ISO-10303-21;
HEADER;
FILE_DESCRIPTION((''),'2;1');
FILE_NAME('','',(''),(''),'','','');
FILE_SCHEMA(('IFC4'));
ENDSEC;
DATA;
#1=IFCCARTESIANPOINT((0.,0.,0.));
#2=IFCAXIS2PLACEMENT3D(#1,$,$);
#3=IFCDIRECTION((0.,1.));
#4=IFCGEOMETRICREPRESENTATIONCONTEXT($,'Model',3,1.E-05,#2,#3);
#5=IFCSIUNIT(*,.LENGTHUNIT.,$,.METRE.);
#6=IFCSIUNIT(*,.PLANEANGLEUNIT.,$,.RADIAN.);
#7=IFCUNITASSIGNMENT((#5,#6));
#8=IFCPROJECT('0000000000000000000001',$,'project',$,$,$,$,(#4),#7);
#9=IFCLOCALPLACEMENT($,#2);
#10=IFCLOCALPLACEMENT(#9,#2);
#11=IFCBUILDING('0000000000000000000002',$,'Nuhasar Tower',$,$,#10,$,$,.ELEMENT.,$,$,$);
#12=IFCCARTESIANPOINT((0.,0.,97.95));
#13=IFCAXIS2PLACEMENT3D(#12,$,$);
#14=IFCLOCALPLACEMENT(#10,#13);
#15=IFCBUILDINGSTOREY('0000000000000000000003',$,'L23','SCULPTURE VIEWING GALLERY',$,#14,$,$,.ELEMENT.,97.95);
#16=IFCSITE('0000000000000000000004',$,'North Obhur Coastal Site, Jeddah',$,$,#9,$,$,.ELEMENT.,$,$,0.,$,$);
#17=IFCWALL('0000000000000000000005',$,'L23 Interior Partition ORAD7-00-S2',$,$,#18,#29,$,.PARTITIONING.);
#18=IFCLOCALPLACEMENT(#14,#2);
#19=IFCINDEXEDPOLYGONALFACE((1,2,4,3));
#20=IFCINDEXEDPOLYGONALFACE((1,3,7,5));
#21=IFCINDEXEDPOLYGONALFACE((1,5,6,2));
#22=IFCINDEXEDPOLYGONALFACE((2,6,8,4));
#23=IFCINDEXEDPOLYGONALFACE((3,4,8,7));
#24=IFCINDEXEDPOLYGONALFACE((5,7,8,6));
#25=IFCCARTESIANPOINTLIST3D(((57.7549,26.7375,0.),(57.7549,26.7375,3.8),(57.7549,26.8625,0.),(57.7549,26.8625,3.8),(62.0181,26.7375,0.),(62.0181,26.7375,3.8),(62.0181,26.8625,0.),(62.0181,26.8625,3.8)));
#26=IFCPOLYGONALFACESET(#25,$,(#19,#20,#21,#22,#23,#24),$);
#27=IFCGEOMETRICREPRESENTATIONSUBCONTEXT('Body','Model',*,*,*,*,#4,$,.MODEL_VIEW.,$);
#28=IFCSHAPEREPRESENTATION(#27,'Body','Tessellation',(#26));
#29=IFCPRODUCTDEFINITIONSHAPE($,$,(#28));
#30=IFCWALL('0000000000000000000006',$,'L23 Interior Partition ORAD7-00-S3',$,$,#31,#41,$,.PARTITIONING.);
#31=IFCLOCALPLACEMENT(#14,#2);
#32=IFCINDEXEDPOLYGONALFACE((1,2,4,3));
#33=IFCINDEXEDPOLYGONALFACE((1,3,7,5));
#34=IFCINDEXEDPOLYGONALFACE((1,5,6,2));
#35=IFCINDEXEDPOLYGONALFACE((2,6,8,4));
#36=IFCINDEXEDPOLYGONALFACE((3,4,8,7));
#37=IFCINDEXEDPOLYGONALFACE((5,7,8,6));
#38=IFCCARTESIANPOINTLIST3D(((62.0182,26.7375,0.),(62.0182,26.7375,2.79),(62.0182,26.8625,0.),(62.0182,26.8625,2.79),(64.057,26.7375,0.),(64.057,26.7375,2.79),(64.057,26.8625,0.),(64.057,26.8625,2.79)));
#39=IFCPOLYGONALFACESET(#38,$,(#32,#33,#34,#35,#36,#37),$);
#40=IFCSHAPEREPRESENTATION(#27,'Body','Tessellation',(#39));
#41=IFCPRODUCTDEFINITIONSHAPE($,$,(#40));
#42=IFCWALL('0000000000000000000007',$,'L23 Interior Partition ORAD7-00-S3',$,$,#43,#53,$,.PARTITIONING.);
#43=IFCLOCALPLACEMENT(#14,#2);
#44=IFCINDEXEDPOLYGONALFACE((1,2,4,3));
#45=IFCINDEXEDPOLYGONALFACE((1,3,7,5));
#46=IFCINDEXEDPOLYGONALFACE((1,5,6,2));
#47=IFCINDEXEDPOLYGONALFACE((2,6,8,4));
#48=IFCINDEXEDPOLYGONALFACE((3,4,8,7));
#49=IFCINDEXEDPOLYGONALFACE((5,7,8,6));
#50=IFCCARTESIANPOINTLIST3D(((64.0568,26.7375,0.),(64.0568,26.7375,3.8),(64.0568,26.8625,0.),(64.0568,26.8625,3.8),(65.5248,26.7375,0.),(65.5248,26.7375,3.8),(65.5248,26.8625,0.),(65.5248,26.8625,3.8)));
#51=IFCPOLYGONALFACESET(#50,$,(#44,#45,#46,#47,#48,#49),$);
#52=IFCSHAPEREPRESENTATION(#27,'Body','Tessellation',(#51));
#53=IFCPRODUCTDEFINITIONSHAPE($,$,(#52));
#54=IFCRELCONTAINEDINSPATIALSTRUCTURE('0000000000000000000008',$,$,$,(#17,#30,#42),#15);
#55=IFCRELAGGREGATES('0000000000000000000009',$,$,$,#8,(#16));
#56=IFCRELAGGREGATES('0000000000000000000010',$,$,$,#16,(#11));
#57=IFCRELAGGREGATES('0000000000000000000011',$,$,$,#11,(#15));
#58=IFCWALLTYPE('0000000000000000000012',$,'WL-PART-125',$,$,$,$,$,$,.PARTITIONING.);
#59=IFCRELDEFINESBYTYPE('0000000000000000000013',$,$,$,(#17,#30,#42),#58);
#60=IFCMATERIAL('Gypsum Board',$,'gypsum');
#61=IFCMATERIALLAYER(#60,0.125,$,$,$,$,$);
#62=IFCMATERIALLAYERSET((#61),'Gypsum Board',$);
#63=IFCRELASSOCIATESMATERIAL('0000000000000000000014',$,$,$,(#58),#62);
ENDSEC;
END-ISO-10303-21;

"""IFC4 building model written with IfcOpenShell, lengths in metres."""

from ifc_helpers import new_model, si_unit, direction, frame, frame_2d, origin, place, context, subcontext, project, spatial, rectangle, extrude, material, layer, layer_set, type_object, element, save


model = new_model("IFC4")

# Units and contexts
model_context = context("Model", 3, precision=1e-05, world=origin(), true_north=direction((0.0, 1.0)))
body_context = subcontext(model_context, "Body", "Model", "MODEL_VIEW")
ifc_project = project(units=[si_unit("LENGTHUNIT", "METRE"), si_unit("PLANEANGLEUNIT", "RADIAN")], contexts=[model_context])

# Site, building, storey
site_placement = place(None, origin())
site = spatial("IfcSite", under=ifc_project, at=site_placement, Name="North Obhur Coastal Site, Jeddah", CompositionType="ELEMENT", RefElevation=0.0)
building_placement = place(site_placement, origin())
building = spatial("IfcBuilding", under=site, at=building_placement, Name="Nuhasar Tower", CompositionType="ELEMENT")
storey_placement = place(building_placement, frame((0.0, 0.0, 97.95)))
storey = spatial("IfcBuildingStorey", under=building, at=storey_placement, Name="L23", Description="SCULPTURE VIEWING GALLERY", CompositionType="ELEMENT", Elevation=97.95)

# Shared definitions
ifc_material_1 = material(Name="Gypsum Board", Category="gypsum")

# Walls
ifc_layer_1 = layer(ifc_material_1, 0.125)
ifc_layer_set_1 = layer_set([ifc_layer_1], Name="Gypsum Board")
wall_type_1 = type_object("IfcWallType", Name="WL-PART-125", PredefinedType="PARTITIONING", material=ifc_layer_set_1)
wall_1_placement = place(storey_placement, frame((57.7549, 26.8, 0.0), z_axis=(0.0, 0.0, 1.0), x_axis=(1.0, 0.0, 0.0)))
element("IfcWall", 1, at=wall_1_placement, inside=storey, type_object=wall_type_1, Name="L23 Interior Partition ORAD7-00-S2", PredefinedType="PARTITIONING", context=body_context, shape_type="SweptSolid", body=[
    extrude(rectangle(XDim=4.2632, YDim=0.125, at=frame_2d((2.1316, 0.0))), origin(), (0.0, 0.0, 1.0), 3.8),
])
wall_2_placement = place(storey_placement, frame((62.0181, 26.8, 0.0), z_axis=(0.0, 0.0, 1.0), x_axis=(1.0, 0.0, 0.0)))
element("IfcWall", 2, at=wall_2_placement, inside=storey, type_object=wall_type_1, Name="L23 Interior Partition ORAD7-00-S3", PredefinedType="PARTITIONING", context=body_context, shape_type="SweptSolid", body=[
    extrude(rectangle(XDim=2.0388, YDim=0.125, at=frame_2d((1.0195, 0.0))), origin(), (0.0, 0.0, 1.0), 2.79),
])
wall_3_placement = place(storey_placement, frame((64.0569, 26.8, 0.0), z_axis=(0.0, 0.0, 1.0), x_axis=(1.0, 0.0, 0.0)))
element("IfcWall", 3, at=wall_3_placement, inside=storey, type_object=wall_type_1, Name="L23 Interior Partition ORAD7-00-S3", PredefinedType="PARTITIONING", context=body_context, shape_type="SweptSolid", body=[
    extrude(rectangle(XDim=1.468, YDim=0.125, at=frame_2d((0.7339, 0.0))), origin(), (0.0, 0.0, 1.0), 3.8),
])

save(model, "model.ifc")
